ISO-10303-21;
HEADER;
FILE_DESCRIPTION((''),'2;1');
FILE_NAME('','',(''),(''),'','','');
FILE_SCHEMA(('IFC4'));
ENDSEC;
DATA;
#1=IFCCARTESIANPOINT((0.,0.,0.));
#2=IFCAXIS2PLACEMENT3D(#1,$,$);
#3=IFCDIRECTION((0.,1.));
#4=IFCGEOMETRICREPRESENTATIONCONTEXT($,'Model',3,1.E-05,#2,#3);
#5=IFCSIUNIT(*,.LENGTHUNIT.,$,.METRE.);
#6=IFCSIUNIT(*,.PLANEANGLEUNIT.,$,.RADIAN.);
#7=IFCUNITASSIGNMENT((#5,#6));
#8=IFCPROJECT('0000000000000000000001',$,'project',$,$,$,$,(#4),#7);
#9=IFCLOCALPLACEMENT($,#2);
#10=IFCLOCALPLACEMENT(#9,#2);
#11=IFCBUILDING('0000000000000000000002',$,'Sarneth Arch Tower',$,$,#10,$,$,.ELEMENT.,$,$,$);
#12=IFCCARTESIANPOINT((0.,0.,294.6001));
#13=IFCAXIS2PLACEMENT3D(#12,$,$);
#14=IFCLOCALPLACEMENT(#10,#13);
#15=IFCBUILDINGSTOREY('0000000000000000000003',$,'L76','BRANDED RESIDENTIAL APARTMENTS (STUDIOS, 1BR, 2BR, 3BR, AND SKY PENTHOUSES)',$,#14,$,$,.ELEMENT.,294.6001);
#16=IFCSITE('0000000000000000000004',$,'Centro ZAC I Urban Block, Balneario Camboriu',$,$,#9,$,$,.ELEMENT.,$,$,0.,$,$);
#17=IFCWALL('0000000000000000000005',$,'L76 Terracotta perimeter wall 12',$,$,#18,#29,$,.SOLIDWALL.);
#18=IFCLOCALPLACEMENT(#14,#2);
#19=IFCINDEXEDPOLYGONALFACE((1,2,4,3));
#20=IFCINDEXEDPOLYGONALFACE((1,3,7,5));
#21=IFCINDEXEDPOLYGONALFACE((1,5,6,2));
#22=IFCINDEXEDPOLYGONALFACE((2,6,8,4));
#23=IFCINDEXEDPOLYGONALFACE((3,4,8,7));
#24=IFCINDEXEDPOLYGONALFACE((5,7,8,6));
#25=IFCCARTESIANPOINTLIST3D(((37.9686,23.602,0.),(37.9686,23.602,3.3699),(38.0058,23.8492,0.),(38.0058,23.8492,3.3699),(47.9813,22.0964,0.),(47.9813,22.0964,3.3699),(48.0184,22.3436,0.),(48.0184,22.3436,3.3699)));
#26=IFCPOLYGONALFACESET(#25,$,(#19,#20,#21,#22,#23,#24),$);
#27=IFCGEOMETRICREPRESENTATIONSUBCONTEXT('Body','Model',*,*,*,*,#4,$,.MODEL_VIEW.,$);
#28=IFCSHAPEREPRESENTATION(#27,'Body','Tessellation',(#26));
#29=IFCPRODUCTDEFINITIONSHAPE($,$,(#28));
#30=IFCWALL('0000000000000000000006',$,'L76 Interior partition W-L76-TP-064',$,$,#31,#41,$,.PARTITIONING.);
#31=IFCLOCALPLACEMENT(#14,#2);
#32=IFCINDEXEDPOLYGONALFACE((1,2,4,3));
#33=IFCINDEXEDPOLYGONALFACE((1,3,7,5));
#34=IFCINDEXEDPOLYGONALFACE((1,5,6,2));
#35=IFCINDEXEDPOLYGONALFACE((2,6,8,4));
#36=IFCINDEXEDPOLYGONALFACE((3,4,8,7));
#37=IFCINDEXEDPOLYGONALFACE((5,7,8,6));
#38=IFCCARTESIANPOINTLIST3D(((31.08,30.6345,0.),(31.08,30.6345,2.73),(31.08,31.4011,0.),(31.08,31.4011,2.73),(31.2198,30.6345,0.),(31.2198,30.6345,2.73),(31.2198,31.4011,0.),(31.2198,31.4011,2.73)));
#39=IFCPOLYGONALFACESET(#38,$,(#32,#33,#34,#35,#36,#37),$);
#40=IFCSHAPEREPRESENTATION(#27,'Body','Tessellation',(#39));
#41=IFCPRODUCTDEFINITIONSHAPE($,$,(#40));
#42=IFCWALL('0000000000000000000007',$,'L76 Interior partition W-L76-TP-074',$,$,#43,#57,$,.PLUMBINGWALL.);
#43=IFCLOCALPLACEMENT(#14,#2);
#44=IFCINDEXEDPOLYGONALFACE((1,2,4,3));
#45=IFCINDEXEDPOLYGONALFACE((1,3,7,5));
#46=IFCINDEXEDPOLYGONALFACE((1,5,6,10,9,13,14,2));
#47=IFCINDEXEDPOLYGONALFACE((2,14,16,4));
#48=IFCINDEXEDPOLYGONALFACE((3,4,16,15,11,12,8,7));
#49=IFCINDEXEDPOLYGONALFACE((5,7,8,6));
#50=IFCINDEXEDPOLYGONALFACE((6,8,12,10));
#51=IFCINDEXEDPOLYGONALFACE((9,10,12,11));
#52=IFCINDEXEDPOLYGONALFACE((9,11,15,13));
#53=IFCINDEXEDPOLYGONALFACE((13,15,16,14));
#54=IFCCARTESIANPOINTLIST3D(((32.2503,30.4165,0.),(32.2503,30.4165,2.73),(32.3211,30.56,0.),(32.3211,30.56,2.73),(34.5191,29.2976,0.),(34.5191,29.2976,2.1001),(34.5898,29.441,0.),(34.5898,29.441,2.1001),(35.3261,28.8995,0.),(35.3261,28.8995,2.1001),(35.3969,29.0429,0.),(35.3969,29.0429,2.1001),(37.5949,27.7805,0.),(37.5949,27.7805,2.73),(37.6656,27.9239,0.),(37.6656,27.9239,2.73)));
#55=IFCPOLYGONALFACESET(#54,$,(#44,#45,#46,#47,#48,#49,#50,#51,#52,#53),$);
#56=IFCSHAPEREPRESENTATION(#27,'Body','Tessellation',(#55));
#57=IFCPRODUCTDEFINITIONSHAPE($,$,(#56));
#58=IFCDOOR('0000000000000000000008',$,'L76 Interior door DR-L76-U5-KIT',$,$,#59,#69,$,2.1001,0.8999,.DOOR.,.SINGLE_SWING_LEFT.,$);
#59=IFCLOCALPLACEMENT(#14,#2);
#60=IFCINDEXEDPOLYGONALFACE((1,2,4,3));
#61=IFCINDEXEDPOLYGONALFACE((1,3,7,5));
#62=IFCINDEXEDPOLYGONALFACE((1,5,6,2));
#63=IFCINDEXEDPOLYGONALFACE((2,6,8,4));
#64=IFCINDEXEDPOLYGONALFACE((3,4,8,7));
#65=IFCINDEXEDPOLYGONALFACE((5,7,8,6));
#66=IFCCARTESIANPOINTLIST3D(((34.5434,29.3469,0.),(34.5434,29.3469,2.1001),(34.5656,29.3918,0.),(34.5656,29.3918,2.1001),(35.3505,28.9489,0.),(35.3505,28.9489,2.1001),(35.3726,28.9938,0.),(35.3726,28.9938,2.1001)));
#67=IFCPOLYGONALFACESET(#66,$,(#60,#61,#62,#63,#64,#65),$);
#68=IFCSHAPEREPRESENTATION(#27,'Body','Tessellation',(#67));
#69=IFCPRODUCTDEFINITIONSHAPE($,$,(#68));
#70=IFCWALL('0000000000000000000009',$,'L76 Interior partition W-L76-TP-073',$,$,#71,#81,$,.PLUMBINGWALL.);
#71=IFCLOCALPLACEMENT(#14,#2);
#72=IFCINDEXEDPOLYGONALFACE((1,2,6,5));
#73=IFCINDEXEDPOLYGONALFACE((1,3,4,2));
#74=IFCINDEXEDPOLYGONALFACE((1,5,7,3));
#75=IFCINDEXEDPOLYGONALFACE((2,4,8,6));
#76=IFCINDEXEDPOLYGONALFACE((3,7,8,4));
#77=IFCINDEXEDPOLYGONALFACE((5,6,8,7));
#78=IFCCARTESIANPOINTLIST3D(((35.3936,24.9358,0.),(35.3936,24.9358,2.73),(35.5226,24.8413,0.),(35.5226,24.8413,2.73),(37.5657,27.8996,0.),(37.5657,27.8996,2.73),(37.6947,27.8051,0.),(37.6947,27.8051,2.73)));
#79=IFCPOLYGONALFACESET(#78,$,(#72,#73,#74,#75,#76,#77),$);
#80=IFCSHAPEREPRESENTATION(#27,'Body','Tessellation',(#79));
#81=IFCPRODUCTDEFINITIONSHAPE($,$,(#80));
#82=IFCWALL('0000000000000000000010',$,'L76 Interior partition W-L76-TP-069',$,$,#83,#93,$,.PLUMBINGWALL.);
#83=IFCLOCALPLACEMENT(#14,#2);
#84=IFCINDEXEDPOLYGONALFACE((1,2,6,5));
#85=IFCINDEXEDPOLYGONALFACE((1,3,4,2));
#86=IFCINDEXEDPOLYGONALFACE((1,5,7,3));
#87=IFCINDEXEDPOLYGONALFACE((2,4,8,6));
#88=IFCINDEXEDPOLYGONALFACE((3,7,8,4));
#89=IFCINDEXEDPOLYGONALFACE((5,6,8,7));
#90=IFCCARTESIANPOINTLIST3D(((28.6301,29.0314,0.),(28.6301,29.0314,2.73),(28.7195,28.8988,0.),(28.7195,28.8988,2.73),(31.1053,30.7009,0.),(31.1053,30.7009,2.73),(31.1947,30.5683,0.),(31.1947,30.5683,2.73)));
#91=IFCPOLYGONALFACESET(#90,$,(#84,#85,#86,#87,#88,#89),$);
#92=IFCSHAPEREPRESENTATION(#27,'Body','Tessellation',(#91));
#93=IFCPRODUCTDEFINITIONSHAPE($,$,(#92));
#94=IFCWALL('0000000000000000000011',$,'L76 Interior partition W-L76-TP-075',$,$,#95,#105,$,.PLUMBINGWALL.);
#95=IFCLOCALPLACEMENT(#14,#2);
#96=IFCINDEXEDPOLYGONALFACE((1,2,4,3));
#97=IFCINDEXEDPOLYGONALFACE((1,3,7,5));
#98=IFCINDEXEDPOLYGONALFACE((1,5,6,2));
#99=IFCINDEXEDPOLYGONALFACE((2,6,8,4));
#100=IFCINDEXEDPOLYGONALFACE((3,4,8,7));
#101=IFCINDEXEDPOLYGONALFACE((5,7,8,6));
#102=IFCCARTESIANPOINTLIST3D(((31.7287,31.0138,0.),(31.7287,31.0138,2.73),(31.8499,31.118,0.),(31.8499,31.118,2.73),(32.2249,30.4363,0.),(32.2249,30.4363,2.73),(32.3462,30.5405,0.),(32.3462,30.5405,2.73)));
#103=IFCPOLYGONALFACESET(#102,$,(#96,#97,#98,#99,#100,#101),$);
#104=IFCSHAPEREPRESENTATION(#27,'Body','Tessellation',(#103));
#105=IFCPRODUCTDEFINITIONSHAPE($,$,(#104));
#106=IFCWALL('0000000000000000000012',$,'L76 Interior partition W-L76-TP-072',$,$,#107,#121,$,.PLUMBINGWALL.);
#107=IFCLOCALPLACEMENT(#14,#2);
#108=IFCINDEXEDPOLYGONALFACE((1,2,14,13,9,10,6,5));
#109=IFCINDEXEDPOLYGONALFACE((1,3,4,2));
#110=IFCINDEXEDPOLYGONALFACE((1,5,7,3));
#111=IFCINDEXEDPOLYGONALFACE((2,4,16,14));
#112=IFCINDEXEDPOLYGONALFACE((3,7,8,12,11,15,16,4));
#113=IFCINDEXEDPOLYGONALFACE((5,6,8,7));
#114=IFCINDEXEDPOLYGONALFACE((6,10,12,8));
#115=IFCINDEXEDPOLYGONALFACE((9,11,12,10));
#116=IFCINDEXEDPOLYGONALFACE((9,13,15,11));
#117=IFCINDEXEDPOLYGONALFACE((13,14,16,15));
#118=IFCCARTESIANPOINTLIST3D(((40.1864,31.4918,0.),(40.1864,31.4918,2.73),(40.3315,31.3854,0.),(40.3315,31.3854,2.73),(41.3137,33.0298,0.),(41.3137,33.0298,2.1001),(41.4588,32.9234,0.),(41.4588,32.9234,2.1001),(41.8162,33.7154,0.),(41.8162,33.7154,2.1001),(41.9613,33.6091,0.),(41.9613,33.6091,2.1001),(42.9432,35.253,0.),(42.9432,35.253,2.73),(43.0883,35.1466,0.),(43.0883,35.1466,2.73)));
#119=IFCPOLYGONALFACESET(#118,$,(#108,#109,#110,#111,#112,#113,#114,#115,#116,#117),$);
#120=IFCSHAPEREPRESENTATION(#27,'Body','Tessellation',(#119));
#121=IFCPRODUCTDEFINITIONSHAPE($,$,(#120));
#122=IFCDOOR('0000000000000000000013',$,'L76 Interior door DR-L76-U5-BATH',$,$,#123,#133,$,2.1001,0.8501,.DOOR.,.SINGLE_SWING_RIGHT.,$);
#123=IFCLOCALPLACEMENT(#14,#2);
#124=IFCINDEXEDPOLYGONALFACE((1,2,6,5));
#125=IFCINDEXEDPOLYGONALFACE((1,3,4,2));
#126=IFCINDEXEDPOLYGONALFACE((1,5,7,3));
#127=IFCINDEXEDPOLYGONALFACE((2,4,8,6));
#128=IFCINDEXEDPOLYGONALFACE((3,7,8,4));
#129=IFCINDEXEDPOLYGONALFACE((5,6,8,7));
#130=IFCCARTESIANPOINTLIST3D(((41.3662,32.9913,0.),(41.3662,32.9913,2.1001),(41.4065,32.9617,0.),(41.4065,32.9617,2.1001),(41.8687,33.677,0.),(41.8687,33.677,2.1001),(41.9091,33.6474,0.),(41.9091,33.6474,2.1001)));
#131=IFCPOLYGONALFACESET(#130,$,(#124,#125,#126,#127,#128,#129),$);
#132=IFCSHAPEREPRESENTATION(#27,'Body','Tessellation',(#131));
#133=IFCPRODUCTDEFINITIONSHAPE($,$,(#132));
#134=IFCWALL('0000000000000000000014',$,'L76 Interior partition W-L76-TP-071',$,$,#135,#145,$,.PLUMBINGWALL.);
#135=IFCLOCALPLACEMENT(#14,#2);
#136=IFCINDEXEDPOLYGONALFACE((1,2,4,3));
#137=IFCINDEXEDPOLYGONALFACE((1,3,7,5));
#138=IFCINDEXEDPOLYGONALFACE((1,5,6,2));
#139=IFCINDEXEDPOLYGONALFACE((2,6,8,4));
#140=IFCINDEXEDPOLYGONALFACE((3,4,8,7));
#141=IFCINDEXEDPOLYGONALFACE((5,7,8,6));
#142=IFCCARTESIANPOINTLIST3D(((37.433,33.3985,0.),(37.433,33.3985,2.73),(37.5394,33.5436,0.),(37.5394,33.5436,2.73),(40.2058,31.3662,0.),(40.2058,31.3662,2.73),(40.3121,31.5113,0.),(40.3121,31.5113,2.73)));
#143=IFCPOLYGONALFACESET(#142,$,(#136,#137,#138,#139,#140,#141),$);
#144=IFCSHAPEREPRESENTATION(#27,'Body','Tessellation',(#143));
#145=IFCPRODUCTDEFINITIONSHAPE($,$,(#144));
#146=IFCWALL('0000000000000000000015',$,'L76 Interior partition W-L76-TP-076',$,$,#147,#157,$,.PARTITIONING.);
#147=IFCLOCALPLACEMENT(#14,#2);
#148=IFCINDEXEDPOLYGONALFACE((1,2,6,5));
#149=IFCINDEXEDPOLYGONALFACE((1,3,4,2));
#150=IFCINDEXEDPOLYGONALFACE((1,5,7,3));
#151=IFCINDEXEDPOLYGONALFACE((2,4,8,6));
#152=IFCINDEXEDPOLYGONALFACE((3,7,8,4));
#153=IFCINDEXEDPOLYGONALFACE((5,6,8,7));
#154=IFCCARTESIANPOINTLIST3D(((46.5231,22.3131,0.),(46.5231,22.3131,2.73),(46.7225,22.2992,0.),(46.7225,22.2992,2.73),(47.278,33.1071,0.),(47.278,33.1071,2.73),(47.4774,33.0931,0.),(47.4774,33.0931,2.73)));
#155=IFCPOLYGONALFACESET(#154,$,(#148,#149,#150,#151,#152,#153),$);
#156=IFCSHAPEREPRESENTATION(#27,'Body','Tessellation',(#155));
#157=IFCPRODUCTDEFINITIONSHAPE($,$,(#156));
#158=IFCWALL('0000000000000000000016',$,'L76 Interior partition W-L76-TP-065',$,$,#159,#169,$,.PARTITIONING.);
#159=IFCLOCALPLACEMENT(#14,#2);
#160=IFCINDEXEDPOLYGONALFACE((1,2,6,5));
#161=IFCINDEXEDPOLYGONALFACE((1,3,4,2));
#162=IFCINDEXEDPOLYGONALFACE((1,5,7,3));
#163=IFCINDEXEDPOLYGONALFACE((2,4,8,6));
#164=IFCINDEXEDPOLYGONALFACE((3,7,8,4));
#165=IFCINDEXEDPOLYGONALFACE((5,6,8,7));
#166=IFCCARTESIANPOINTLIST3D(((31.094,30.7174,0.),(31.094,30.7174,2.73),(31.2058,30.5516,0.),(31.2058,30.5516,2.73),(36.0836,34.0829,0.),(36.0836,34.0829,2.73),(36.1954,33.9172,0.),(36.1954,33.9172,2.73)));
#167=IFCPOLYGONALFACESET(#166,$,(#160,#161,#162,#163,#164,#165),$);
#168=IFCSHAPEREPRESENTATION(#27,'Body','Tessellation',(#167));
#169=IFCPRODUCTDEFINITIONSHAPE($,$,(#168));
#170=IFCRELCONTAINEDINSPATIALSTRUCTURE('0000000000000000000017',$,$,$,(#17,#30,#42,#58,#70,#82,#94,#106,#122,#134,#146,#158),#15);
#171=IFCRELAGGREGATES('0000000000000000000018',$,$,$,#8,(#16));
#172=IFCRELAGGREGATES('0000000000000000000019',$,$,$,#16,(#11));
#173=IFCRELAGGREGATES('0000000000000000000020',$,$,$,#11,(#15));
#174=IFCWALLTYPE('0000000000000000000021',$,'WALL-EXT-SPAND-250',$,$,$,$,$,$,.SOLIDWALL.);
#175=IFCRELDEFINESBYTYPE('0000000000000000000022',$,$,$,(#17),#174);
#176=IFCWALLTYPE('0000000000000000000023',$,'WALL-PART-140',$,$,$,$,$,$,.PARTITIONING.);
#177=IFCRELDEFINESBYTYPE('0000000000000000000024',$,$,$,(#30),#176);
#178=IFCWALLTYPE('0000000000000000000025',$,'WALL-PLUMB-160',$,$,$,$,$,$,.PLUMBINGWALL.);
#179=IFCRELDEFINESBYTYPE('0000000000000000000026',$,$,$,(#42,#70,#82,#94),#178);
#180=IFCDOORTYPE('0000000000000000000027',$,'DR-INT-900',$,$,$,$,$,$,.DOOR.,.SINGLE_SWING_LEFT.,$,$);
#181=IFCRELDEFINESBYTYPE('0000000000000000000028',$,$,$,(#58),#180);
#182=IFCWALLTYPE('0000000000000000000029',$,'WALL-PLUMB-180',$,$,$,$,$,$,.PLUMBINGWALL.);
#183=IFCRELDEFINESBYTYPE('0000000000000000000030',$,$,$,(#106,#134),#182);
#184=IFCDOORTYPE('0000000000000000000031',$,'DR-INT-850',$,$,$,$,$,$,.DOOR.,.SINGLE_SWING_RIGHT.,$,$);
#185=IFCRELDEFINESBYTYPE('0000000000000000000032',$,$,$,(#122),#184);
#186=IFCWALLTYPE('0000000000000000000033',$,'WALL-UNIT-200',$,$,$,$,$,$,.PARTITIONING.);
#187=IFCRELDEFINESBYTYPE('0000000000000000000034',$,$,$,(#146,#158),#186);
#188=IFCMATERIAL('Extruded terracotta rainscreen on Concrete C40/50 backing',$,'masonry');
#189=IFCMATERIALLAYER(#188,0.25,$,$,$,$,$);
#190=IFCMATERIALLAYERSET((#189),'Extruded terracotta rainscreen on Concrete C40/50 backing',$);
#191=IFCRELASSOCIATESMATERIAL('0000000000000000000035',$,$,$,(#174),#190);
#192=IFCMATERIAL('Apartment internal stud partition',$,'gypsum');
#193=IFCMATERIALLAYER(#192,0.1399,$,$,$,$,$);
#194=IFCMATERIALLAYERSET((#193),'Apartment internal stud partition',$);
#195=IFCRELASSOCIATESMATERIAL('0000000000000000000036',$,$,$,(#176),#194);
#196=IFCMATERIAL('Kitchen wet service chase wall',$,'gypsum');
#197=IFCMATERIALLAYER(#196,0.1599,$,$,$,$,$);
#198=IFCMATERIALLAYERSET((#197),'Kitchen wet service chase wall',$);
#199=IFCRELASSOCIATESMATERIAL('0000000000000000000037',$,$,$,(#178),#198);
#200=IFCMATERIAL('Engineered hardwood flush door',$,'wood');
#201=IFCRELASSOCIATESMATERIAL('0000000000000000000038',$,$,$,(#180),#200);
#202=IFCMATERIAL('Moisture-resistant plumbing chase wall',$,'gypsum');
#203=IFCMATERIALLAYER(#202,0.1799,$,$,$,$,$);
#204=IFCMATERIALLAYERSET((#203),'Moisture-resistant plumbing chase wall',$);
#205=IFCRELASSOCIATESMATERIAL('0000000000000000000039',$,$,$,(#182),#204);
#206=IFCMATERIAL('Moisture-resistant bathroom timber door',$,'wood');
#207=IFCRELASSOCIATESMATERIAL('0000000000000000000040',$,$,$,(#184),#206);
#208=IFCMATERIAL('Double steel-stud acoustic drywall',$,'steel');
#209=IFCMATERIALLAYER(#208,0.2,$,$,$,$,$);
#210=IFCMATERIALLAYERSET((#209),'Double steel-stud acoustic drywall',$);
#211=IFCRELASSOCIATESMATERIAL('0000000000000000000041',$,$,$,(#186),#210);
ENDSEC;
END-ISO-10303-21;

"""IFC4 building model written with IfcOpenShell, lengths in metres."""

from ifc_helpers import new_model, si_unit, direction, frame, frame_2d, origin, place, context, subcontext, project, spatial, rectangle, extrude, material, layer, layer_set, type_object, element, fill, save


model = new_model("IFC4")

# Units and contexts
model_context = context("Model", 3, precision=1e-05, world=origin(), true_north=direction((0.0, 1.0)))
body_context = subcontext(model_context, "Body", "Model", "MODEL_VIEW")
ifc_project = project(units=[si_unit("LENGTHUNIT", "METRE"), si_unit("PLANEANGLEUNIT", "RADIAN")], contexts=[model_context])

# Site, building, storey
site_placement = place(None, origin())
site = spatial("IfcSite", under=ifc_project, at=site_placement, Name="Centro ZAC I Urban Block, Balneario Camboriu", CompositionType="ELEMENT", RefElevation=0.0)
building_placement = place(site_placement, origin())
building = spatial("IfcBuilding", under=site, at=building_placement, Name="Sarneth Arch Tower", CompositionType="ELEMENT")
storey_placement = place(building_placement, frame((0.0, 0.0, 294.6001)))
storey = spatial("IfcBuildingStorey", under=building, at=storey_placement, Name="L76", Description="BRANDED RESIDENTIAL APARTMENTS (STUDIOS, 1BR, 2BR, 3BR, AND SKY PENTHOUSES)", CompositionType="ELEMENT", Elevation=294.6001)

# Walls
ifc_material_1 = material(Name="Extruded terracotta rainscreen on Concrete C40/50 backing", Category="masonry")
ifc_layer_1 = layer(ifc_material_1, 0.25)
ifc_layer_set_1 = layer_set([ifc_layer_1], Name="Extruded terracotta rainscreen on Concrete C40/50 backing")
wall_type_1 = type_object("IfcWallType", Name="WALL-EXT-SPAND-250", PredefinedType="SOLIDWALL", material=ifc_layer_set_1)
wall_1_placement = place(storey_placement, frame((37.9873, 23.7256, 0.0), z_axis=(0.0, 0.0, 1.0), x_axis=(0.988883, -0.148699, 0.0)))
element("IfcWall", 1, at=wall_1_placement, inside=storey, type_object=wall_type_1, Name="L76 Terracotta perimeter wall 12", PredefinedType="SOLIDWALL", context=body_context, shape_type="SweptSolid", body=[
    extrude(rectangle(XDim=10.1252, YDim=0.25, at=frame_2d((5.0625, 0.0))), origin(), (0.0, 0.0, 1.0), 3.3699),
])
ifc_material_2 = material(Name="Apartment internal stud partition", Category="gypsum")
ifc_layer_2 = layer(ifc_material_2, 0.1399)
ifc_layer_set_2 = layer_set([ifc_layer_2], Name="Apartment internal stud partition")
wall_type_2 = type_object("IfcWallType", Name="WALL-PART-140", PredefinedType="PARTITIONING", material=ifc_layer_set_2)
wall_2_placement = place(storey_placement, frame((31.1499, 31.4011, 0.0), z_axis=(0.0, 0.0, 1.0), x_axis=(0.0, -1.0, 0.0)))
element("IfcWall", 2, at=wall_2_placement, inside=storey, type_object=wall_type_2, Name="L76 Interior partition W-L76-TP-064", PredefinedType="PARTITIONING", context=body_context, shape_type="SweptSolid", body=[
    extrude(rectangle(XDim=0.7666, YDim=0.1399, at=frame_2d((0.3833, 0.0))), origin(), (0.0, 0.0, 1.0), 2.73),
])

# Wall, opening, door
ifc_material_3 = material(Name="Kitchen wet service chase wall", Category="gypsum")
ifc_layer_3 = layer(ifc_material_3, 0.1599)
ifc_layer_set_3 = layer_set([ifc_layer_3], Name="Kitchen wet service chase wall")
wall_type_3 = type_object("IfcWallType", Name="WALL-PLUMB-160", PredefinedType="PLUMBINGWALL", material=ifc_layer_set_3)
wall_3_placement = place(storey_placement, frame((37.6301, 27.8523, 0.0), z_axis=(0.0, 0.0, 1.0), x_axis=(-0.896847, 0.44234, 0.0)))
wall_3 = element("IfcWall", 3, at=wall_3_placement, inside=storey, type_object=wall_type_3, Name="L76 Interior partition W-L76-TP-074", PredefinedType="PLUMBINGWALL", context=body_context, shape_type="SweptSolid", body=[
    extrude(rectangle(XDim=5.9592, YDim=0.1599, at=frame_2d((2.9795, 0.0))), origin(), (0.0, 0.0, 1.0), 2.73),
])
opening_1_placement = place(wall_3_placement, frame((2.5295, 0.0, 0.0)))
opening_1 = element("IfcOpeningElement", 4, at=opening_1_placement, cuts=wall_3, PredefinedType="OPENING", context=body_context, shape_type="SweptSolid", body=[
    extrude(rectangle(XDim=0.8999, YDim=2.1001, at=frame_2d((0.45, 1.05))), frame((0.0, 0.0898, 0.0), z_axis=(0.0, -1.0, 0.0), x_axis=(1.0, 0.0, 0.0)), (0.0, 0.0, 1.0), 0.1799),
])
ifc_material_4 = material(Name="Engineered hardwood flush door", Category="wood")
door_type_1 = type_object("IfcDoorType", Name="DR-INT-900", OperationType="SINGLE_SWING_LEFT", PredefinedType="DOOR", material=ifc_material_4)
door_1_placement = place(opening_1_placement, origin())
door_1 = element("IfcDoor", 5, at=door_1_placement, inside=storey, type_object=door_type_1, Name="L76 Interior door DR-L76-U5-KIT", OperationType="SINGLE_SWING_LEFT", OverallHeight=2.1001, OverallWidth=0.8999, PredefinedType="DOOR", context=body_context, shape_type="SweptSolid", body=[
    extrude(rectangle(XDim=0.8999, YDim=2.1001, at=frame_2d((0.45, 1.05))), frame((0.0, 0.0249, 0.0), z_axis=(0.0, -1.0, 0.0), x_axis=(1.0, 0.0, 0.0)), (0.0, 0.0, 1.0), 0.05),
])
fill(opening_1, door_1)

# Walls
wall_4_placement = place(storey_placement, frame((35.458, 24.8884, 0.0), z_axis=(0.0, 0.0, 1.0), x_axis=(0.591119, 0.806585, 0.0)))
element("IfcWall", 6, at=wall_4_placement, inside=storey, type_object=wall_type_3, Name="L76 Interior partition W-L76-TP-073", PredefinedType="PLUMBINGWALL", context=body_context, shape_type="SweptSolid", body=[
    extrude(rectangle(XDim=3.6746, YDim=0.1599, at=frame_2d((1.8374, 0.0))), origin(), (0.0, 0.0, 1.0), 2.73),
])
wall_5_placement = place(storey_placement, frame((31.1499, 30.6345, 0.0), z_axis=(0.0, 0.0, 1.0), x_axis=(-0.829044, -0.559183, 0.0)))
element("IfcWall", 7, at=wall_5_placement, inside=storey, type_object=wall_type_3, Name="L76 Interior partition W-L76-TP-069", PredefinedType="PLUMBINGWALL", context=body_context, shape_type="SweptSolid", body=[
    extrude(rectangle(XDim=2.9856, YDim=0.1599, at=frame_2d((1.4927, 0.0))), origin(), (0.0, 0.0, 1.0), 2.73),
])
wall_6_placement = place(storey_placement, frame((32.2856, 30.4883, 0.0), z_axis=(0.0, 0.0, 1.0), x_axis=(-0.651715, 0.758464, 0.0)))
element("IfcWall", 8, at=wall_6_placement, inside=storey, type_object=wall_type_3, Name="L76 Interior partition W-L76-TP-075", PredefinedType="PLUMBINGWALL", context=body_context, shape_type="SweptSolid", body=[
    extrude(rectangle(XDim=0.7615, YDim=0.1599, at=frame_2d((0.3809, 0.0))), origin(), (0.0, 0.0, 1.0), 2.73),
])

# Wall, opening, door
ifc_material_5 = material(Name="Moisture-resistant plumbing chase wall", Category="gypsum")
ifc_layer_4 = layer(ifc_material_5, 0.1799)
ifc_layer_set_4 = layer_set([ifc_layer_4], Name="Moisture-resistant plumbing chase wall")
wall_type_4 = type_object("IfcWallType", Name="WALL-PLUMB-180", PredefinedType="PLUMBINGWALL", material=ifc_layer_set_4)
wall_7_placement = place(storey_placement, frame((40.259, 31.4387, 0.0), z_axis=(0.0, 0.0, 1.0), x_axis=(0.591168, 0.806548, 0.0)))
wall_7 = element("IfcWall", 9, at=wall_7_placement, inside=storey, type_object=wall_type_4, Name="L76 Interior partition W-L76-TP-072", PredefinedType="PLUMBINGWALL", context=body_context, shape_type="SweptSolid", body=[
    extrude(rectangle(XDim=4.6633, YDim=0.1799, at=frame_2d((2.3315, 0.0))), origin(), (0.0, 0.0, 1.0), 2.73),
])
opening_2_placement = place(wall_7_placement, frame((1.9067, 0.0, 0.0)))
opening_2 = element("IfcOpeningElement", 10, at=opening_2_placement, cuts=wall_7, PredefinedType="OPENING", context=body_context, shape_type="SweptSolid", body=[
    extrude(rectangle(XDim=0.8501, YDim=2.1001, at=frame_2d((0.425, 1.05))), frame((0.0, 0.0999, 0.0), z_axis=(0.0, -1.0, 0.0), x_axis=(1.0, 0.0, 0.0)), (0.0, 0.0, 1.0), 0.2),
])
ifc_material_6 = material(Name="Moisture-resistant bathroom timber door", Category="wood")
door_type_2 = type_object("IfcDoorType", Name="DR-INT-850", OperationType="SINGLE_SWING_RIGHT", PredefinedType="DOOR", material=ifc_material_6)
door_2_placement = place(opening_2_placement, origin())
door_2 = element("IfcDoor", 11, at=door_2_placement, inside=storey, type_object=door_type_2, Name="L76 Interior door DR-L76-U5-BATH", OperationType="SINGLE_SWING_RIGHT", OverallHeight=2.1001, OverallWidth=0.8501, PredefinedType="DOOR", context=body_context, shape_type="SweptSolid", body=[
    extrude(rectangle(XDim=0.8501, YDim=2.1001, at=frame_2d((0.425, 1.05))), frame((0.0, 0.0249, 0.0), z_axis=(0.0, -1.0, 0.0), x_axis=(1.0, 0.0, 0.0)), (0.0, 0.0, 1.0), 0.05),
])
fill(opening_2, door_2)

# Walls
wall_8_placement = place(storey_placement, frame((37.4863, 33.4709, 0.0), z_axis=(0.0, 0.0, 1.0), x_axis=(0.806556, -0.591157, 0.0)))
element("IfcWall", 12, at=wall_8_placement, inside=storey, type_object=wall_type_4, Name="L76 Interior partition W-L76-TP-071", PredefinedType="PLUMBINGWALL", context=body_context, shape_type="SweptSolid", body=[
    extrude(rectangle(XDim=3.4377, YDim=0.1799, at=frame_2d((1.7188, 0.0))), origin(), (0.0, 0.0, 1.0), 2.73),
])
ifc_material_7 = material(Name="Double steel-stud acoustic drywall", Category="steel")
ifc_layer_5 = layer(ifc_material_7, 0.2)
ifc_layer_set_5 = layer_set([ifc_layer_5], Name="Double steel-stud acoustic drywall")
wall_type_5 = type_object("IfcWallType", Name="WALL-UNIT-200", PredefinedType="PARTITIONING", material=ifc_layer_set_5)
wall_9_placement = place(storey_placement, frame((47.3777, 33.1001, 0.0), z_axis=(0.0, 0.0, 1.0), x_axis=(-0.069765, -0.997563, 0.0)))
element("IfcWall", 13, at=wall_9_placement, inside=storey, type_object=wall_type_5, Name="L76 Interior partition W-L76-TP-076", PredefinedType="PARTITIONING", context=body_context, shape_type="SweptSolid", body=[
    extrude(rectangle(XDim=10.8203, YDim=0.2, at=frame_2d((5.4102, 0.0))), origin(), (0.0, 0.0, 1.0), 2.73),
])
wall_10_placement = place(storey_placement, frame((31.1499, 30.6345, 0.0), z_axis=(0.0, 0.0, 1.0), x_axis=(0.829036, 0.559195, 0.0)))
element("IfcWall", 14, at=wall_10_placement, inside=storey, type_object=wall_type_5, Name="L76 Interior partition W-L76-TP-065", PredefinedType="PARTITIONING", context=body_context, shape_type="SweptSolid", body=[
    extrude(rectangle(XDim=6.0186, YDim=0.2, at=frame_2d((3.0093, 0.0))), origin(), (0.0, 0.0, 1.0), 2.73),
])

save(model, "model.ifc")
